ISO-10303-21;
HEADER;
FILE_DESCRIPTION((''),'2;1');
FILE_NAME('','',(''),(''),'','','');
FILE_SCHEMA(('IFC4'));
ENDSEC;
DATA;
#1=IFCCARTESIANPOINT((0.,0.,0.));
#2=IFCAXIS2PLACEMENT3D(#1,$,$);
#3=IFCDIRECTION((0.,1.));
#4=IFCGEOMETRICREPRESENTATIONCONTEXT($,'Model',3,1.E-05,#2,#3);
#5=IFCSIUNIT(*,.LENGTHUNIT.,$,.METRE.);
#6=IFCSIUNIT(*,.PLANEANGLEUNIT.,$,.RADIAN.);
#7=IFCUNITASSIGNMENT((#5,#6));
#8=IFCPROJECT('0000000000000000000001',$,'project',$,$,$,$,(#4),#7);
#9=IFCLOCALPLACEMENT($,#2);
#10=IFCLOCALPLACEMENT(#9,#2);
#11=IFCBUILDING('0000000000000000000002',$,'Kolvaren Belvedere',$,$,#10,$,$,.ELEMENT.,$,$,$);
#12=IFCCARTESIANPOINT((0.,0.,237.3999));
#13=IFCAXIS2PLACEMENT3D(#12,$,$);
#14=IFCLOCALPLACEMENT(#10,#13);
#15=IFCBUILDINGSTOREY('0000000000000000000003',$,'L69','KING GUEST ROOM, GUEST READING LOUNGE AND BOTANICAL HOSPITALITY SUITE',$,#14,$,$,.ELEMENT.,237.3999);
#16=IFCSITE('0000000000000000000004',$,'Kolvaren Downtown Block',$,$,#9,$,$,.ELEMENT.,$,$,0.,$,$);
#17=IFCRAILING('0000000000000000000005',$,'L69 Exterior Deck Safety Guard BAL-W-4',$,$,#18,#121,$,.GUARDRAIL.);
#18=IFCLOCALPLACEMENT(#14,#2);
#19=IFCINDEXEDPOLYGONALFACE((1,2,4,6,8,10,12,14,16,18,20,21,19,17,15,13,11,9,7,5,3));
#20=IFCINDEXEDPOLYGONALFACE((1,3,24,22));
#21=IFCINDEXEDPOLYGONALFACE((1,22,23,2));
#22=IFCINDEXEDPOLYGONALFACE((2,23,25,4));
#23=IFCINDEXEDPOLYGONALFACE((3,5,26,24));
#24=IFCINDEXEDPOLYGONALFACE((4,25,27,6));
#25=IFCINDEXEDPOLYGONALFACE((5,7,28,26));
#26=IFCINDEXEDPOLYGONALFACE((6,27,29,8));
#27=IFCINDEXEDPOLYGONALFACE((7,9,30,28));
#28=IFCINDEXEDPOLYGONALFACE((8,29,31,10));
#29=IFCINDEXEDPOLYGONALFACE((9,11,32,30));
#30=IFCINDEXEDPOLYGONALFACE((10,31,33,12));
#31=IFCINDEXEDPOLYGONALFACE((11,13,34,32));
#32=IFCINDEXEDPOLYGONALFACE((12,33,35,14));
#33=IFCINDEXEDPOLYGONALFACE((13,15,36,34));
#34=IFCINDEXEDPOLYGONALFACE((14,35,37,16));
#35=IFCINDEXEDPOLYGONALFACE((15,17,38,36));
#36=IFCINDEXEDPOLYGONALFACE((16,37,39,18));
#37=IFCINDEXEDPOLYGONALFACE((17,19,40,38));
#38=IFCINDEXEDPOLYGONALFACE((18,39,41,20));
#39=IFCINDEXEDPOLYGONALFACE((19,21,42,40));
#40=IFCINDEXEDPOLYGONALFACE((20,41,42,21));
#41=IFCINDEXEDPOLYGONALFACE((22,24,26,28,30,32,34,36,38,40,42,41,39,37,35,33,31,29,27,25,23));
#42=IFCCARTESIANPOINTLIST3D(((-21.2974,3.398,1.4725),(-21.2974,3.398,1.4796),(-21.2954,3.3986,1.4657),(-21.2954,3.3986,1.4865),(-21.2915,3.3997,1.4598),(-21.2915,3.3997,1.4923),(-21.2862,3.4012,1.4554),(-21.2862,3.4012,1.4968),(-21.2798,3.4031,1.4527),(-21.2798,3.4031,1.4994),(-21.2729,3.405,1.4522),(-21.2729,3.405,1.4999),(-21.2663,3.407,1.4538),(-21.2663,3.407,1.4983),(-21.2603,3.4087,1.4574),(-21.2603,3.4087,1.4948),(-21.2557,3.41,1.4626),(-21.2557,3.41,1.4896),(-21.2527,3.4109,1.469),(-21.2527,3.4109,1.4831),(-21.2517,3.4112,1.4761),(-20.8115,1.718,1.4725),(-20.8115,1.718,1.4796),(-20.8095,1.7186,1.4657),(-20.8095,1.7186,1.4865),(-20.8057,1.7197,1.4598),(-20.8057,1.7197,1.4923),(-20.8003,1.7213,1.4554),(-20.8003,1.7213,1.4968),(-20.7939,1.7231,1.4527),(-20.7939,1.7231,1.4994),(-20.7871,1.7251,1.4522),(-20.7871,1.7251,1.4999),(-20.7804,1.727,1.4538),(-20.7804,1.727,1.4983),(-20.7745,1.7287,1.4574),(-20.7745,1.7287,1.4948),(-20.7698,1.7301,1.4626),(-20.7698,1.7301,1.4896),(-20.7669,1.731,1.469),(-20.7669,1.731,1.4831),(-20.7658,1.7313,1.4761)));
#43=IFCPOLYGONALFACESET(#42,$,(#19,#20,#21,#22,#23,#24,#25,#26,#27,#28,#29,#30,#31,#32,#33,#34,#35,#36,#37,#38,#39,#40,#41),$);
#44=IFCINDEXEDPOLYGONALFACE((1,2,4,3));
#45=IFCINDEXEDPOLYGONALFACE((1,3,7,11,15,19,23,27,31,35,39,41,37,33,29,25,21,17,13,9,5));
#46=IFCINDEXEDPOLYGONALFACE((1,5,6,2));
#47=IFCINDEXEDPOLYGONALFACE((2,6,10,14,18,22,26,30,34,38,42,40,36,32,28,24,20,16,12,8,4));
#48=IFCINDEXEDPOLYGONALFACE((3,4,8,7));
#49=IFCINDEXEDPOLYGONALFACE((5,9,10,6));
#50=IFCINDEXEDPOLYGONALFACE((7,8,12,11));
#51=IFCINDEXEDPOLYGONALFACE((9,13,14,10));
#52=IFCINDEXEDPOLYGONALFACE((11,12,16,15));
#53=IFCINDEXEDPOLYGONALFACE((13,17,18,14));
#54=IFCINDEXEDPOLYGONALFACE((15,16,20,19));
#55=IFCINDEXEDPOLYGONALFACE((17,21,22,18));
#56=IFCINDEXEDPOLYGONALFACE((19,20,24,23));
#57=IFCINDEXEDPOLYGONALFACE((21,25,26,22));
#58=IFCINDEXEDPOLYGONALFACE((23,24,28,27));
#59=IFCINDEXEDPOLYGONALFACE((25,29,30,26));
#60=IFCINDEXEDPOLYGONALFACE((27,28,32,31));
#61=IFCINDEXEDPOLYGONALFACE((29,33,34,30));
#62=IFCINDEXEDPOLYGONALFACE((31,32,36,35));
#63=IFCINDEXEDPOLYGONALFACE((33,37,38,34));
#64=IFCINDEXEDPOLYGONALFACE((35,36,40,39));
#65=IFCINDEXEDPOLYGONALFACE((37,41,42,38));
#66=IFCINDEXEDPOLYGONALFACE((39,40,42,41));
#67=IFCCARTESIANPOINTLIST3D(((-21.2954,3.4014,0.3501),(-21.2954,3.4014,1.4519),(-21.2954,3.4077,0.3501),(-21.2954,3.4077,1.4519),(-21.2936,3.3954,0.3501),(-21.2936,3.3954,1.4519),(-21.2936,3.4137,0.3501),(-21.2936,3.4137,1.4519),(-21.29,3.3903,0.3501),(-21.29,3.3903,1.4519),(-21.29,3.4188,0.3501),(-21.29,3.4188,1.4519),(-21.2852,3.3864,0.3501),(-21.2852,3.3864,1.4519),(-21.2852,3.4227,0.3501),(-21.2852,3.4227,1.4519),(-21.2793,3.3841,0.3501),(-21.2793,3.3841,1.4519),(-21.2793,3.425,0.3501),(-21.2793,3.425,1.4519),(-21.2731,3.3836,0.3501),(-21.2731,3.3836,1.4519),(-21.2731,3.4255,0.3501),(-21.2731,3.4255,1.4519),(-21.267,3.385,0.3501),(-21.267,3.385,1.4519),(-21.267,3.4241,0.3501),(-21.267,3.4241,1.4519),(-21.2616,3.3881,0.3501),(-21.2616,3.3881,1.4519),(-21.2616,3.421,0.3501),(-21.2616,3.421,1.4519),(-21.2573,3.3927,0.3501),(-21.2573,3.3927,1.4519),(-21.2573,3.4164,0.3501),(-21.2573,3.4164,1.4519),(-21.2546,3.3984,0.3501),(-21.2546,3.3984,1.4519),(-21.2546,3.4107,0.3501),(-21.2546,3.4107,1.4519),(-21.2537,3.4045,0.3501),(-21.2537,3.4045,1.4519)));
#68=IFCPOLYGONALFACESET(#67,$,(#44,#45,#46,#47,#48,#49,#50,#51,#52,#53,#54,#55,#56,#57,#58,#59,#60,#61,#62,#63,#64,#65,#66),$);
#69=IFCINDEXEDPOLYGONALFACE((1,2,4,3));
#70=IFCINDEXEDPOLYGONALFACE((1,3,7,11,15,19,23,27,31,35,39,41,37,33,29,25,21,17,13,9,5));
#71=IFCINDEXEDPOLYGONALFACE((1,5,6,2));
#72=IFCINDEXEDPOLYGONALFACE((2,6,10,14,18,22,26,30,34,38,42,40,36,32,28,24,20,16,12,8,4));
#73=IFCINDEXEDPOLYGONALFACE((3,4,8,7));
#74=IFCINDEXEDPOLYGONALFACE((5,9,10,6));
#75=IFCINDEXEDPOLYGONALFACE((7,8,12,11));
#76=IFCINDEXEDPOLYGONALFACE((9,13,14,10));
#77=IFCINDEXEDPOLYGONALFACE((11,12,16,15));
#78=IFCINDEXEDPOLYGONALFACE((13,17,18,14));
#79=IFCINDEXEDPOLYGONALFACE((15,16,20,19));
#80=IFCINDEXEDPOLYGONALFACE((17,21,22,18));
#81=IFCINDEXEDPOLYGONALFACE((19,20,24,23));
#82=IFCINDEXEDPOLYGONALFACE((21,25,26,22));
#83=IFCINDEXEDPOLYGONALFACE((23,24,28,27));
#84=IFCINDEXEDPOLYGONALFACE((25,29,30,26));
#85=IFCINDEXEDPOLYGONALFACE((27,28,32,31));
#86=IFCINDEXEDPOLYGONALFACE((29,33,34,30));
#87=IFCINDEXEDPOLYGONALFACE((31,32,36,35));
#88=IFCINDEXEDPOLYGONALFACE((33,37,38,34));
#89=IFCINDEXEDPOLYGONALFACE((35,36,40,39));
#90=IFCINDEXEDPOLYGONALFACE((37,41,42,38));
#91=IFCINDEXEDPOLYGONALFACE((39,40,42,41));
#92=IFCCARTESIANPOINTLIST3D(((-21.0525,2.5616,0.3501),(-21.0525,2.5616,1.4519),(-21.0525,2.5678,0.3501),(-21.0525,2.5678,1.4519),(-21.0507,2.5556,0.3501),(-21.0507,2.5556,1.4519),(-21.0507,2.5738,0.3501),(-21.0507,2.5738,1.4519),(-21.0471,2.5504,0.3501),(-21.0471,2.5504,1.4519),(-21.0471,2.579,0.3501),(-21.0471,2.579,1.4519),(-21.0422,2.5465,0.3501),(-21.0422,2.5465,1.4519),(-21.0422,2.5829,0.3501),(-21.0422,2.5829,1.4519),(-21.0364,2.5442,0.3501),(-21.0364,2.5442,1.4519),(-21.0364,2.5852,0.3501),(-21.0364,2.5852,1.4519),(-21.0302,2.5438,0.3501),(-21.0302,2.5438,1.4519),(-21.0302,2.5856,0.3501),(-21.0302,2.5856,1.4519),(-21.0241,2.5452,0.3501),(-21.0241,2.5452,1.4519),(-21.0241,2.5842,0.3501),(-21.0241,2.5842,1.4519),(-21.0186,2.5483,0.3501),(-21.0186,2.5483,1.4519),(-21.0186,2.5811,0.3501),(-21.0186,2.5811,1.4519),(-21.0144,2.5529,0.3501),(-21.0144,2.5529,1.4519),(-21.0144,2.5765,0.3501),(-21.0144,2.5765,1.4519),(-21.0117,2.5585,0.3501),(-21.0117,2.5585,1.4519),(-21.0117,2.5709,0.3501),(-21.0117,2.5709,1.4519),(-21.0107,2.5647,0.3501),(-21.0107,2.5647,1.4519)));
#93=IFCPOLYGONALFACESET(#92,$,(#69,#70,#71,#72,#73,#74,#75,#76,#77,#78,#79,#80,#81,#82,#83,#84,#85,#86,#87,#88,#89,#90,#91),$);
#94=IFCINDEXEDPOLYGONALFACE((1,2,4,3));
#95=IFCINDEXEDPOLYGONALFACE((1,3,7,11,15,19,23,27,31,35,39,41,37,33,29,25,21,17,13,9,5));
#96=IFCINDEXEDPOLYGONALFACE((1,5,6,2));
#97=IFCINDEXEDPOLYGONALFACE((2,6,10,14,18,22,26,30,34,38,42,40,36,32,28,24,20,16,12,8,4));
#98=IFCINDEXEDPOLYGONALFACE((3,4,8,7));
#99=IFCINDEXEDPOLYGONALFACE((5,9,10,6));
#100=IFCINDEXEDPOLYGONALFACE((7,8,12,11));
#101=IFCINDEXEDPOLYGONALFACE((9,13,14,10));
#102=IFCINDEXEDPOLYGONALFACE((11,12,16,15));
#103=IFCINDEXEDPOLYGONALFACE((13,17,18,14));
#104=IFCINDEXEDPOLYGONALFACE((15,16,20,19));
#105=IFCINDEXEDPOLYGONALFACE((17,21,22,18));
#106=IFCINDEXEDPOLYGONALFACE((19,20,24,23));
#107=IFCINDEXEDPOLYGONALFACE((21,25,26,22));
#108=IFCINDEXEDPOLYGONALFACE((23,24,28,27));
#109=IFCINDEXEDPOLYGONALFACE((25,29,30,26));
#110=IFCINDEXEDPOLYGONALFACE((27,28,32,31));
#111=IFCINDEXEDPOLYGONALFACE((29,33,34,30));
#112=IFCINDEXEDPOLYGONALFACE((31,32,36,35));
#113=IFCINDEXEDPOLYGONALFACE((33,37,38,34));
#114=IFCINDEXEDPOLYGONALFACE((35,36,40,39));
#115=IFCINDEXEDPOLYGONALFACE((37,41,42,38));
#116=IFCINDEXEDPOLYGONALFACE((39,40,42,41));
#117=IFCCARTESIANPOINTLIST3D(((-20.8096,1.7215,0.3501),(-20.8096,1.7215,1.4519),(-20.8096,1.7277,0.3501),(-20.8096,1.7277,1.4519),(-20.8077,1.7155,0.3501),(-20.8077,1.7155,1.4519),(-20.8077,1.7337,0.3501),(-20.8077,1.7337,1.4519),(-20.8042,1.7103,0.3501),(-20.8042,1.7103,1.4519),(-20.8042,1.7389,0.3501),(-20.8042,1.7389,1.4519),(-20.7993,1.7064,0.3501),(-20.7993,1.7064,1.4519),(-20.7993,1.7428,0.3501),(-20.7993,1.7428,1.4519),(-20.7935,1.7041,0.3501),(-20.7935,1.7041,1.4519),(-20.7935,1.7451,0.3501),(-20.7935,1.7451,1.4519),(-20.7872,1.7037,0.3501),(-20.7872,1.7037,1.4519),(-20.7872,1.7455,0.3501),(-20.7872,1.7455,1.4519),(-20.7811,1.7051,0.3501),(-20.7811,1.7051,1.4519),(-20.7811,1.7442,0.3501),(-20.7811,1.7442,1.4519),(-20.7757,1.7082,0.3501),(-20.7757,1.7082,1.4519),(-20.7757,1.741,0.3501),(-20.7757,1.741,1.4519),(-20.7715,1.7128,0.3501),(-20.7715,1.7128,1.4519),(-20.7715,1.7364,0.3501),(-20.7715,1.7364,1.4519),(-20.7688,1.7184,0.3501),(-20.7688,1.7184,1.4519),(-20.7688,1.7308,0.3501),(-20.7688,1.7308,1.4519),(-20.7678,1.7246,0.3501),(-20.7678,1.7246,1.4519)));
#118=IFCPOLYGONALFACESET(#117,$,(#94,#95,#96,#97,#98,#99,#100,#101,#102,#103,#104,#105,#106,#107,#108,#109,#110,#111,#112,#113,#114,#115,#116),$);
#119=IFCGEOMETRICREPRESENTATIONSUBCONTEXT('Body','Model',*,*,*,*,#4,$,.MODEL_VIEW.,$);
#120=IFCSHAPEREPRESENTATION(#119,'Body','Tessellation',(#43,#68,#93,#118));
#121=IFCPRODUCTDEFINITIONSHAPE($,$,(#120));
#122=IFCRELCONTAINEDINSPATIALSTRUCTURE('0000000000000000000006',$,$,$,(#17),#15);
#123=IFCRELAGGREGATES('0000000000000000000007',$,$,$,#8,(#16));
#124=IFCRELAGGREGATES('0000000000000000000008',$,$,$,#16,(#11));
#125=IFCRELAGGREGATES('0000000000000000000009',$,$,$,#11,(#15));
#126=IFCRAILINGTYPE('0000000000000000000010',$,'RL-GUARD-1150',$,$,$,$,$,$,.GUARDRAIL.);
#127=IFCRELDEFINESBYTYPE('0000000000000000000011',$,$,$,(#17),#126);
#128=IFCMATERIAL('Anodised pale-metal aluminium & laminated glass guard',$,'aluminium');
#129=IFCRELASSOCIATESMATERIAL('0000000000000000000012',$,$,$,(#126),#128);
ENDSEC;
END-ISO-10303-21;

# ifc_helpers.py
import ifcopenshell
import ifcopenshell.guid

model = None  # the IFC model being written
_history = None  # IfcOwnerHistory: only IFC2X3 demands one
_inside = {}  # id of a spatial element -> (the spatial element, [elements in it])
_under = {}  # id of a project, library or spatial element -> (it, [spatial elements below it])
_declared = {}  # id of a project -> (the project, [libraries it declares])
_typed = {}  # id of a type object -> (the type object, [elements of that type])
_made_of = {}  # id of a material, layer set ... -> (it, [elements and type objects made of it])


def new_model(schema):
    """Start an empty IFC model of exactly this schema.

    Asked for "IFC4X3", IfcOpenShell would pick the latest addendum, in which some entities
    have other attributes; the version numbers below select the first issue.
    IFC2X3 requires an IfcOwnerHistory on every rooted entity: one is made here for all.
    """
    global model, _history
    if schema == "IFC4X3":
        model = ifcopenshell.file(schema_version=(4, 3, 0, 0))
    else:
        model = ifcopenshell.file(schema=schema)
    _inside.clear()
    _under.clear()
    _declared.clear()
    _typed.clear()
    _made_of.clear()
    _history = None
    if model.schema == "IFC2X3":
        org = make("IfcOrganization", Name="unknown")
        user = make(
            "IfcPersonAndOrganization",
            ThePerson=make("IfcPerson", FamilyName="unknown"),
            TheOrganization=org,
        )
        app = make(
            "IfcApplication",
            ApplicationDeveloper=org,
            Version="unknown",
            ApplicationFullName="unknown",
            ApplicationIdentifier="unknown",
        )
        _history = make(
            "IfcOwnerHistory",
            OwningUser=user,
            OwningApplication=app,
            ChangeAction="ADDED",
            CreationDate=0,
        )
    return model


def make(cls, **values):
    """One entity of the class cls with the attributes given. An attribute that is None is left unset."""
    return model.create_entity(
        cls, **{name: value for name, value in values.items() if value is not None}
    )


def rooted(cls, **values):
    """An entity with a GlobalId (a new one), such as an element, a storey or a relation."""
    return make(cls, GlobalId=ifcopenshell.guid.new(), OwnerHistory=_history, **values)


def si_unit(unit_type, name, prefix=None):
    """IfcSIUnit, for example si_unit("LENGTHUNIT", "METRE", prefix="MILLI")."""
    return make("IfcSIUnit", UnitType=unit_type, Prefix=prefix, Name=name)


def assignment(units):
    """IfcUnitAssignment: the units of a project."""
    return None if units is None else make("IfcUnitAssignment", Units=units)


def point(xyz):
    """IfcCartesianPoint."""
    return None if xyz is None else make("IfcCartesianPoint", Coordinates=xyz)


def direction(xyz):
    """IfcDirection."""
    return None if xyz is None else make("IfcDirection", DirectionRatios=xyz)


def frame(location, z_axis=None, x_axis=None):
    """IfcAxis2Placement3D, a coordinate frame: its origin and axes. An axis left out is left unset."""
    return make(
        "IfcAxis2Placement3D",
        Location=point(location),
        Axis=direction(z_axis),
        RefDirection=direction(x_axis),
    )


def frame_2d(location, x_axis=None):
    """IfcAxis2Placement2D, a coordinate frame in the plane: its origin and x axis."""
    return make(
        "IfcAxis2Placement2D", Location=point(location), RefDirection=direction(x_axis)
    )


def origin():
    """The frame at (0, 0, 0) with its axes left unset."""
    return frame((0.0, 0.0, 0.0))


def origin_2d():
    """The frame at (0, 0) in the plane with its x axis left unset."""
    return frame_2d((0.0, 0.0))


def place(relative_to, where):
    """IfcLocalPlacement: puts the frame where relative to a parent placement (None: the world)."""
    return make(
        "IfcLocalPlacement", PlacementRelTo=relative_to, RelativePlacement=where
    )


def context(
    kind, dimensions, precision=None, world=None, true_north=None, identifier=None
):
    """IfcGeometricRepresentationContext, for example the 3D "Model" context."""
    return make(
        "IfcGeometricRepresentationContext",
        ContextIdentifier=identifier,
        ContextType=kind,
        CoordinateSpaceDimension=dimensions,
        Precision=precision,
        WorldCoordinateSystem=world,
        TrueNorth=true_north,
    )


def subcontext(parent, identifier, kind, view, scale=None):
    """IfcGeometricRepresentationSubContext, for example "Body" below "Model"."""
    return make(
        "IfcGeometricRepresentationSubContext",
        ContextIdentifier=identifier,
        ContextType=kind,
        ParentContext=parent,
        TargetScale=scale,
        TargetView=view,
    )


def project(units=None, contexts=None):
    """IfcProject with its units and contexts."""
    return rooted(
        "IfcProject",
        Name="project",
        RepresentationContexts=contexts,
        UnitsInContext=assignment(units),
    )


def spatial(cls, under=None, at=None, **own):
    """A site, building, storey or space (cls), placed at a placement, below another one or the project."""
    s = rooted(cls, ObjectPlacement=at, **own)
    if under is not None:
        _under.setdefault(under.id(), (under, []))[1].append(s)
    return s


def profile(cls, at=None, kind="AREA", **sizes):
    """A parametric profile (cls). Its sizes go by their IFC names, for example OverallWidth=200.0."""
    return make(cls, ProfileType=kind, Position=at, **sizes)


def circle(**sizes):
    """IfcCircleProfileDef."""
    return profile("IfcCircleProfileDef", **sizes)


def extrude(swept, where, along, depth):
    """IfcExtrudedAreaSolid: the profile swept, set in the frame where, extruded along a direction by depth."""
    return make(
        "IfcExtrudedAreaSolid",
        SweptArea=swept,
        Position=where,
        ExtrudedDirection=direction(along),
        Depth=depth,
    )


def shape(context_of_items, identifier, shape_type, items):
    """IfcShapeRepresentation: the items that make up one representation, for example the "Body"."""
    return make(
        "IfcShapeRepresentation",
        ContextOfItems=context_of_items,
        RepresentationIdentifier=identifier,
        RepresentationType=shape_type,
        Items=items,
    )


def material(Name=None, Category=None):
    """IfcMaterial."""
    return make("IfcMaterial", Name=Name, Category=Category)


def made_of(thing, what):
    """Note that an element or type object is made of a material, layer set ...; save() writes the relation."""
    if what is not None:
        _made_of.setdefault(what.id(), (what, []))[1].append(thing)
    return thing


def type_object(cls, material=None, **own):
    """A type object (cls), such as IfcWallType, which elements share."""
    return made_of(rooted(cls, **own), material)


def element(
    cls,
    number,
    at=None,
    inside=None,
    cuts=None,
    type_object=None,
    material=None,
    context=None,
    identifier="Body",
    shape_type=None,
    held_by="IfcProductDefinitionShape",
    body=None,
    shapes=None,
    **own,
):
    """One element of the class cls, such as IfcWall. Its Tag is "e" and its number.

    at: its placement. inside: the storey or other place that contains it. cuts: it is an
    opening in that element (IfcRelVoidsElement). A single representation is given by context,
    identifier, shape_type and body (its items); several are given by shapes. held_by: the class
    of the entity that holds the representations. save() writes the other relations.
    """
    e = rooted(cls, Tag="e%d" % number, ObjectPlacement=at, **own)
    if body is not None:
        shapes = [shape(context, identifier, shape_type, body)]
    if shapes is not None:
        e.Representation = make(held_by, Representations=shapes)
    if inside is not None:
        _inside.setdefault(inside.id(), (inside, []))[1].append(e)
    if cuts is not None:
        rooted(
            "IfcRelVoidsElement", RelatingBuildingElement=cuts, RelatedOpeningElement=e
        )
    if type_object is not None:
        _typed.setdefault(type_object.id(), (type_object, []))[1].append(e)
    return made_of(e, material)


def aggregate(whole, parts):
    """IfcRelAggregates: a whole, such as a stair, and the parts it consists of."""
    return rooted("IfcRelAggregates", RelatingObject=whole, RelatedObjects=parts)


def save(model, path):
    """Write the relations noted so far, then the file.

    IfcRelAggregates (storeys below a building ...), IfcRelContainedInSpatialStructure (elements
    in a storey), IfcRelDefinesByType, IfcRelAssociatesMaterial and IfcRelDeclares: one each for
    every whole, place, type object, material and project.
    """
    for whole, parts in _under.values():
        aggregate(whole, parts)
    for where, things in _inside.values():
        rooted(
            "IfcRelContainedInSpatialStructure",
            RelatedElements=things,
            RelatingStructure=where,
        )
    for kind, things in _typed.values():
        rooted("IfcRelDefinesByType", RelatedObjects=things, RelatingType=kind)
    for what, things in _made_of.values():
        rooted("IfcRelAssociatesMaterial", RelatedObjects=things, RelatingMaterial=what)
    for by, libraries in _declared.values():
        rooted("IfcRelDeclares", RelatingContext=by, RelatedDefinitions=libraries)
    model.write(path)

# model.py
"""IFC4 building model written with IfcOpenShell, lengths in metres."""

from ifc_helpers import new_model, si_unit, direction, frame, origin, origin_2d, place, context, subcontext, project, spatial, circle, extrude, material, type_object, element, save


model = new_model("IFC4")

# Units and contexts
model_context = context("Model", 3, precision=1e-05, world=origin(), true_north=direction((0.0, 1.0)))
body_context = subcontext(model_context, "Body", "Model", "MODEL_VIEW")
ifc_project = project(units=[si_unit("LENGTHUNIT", "METRE"), si_unit("PLANEANGLEUNIT", "RADIAN")], contexts=[model_context])

# Site, building, storey
site_placement = place(None, origin())
site = spatial("IfcSite", under=ifc_project, at=site_placement, Name="Kolvaren Downtown Block", CompositionType="ELEMENT", RefElevation=0.0)
building_placement = place(site_placement, origin())
building = spatial("IfcBuilding", under=site, at=building_placement, Name="Kolvaren Belvedere", CompositionType="ELEMENT")
storey_placement = place(building_placement, frame((0.0, 0.0, 237.3999)))
storey = spatial("IfcBuildingStorey", under=building, at=storey_placement, Name="L69", Description="KING GUEST ROOM, GUEST READING LOUNGE AND BOTANICAL HOSPITALITY SUITE", CompositionType="ELEMENT", Elevation=237.3999)

# Railing
ifc_material_1 = material(Name="Anodised pale-metal aluminium & laminated glass guard", Category="aluminium")
railing_type = type_object("IfcRailingType", Name="RL-GUARD-1150", PredefinedType="GUARDRAIL", material=ifc_material_1)
railing_1_placement = place(storey_placement, frame((-21.2747, 3.4045, 0.3501)))
element("IfcRailing", 1, at=railing_1_placement, inside=storey, type_object=railing_type, Name="L69 Exterior Deck Safety Guard BAL-W-4", PredefinedType="GUARDRAIL", context=body_context, shape_type="SweptSolid", body=[
    extrude(circle(Radius=0.0239, at=origin_2d()), frame((0.0, 0.0, 1.126), z_axis=(0.277817, -0.960634, 0.0), x_axis=(0.960634, 0.277817, 0.0)), (0.0, 0.0, 1.0), 1.7488),
    extrude(circle(Radius=0.021, at=origin_2d()), origin(), (0.0, 0.0, 1.0), 1.1018),
    extrude(circle(Radius=0.021, at=origin_2d()), frame((0.2429, -0.8398, 0.0)), (0.0, 0.0, 1.0), 1.1018),
    extrude(circle(Radius=0.021, at=origin_2d()), frame((0.4858, -1.6799, 0.0)), (0.0, 0.0, 1.0), 1.1018),
])

save(model, "model.ifc")
